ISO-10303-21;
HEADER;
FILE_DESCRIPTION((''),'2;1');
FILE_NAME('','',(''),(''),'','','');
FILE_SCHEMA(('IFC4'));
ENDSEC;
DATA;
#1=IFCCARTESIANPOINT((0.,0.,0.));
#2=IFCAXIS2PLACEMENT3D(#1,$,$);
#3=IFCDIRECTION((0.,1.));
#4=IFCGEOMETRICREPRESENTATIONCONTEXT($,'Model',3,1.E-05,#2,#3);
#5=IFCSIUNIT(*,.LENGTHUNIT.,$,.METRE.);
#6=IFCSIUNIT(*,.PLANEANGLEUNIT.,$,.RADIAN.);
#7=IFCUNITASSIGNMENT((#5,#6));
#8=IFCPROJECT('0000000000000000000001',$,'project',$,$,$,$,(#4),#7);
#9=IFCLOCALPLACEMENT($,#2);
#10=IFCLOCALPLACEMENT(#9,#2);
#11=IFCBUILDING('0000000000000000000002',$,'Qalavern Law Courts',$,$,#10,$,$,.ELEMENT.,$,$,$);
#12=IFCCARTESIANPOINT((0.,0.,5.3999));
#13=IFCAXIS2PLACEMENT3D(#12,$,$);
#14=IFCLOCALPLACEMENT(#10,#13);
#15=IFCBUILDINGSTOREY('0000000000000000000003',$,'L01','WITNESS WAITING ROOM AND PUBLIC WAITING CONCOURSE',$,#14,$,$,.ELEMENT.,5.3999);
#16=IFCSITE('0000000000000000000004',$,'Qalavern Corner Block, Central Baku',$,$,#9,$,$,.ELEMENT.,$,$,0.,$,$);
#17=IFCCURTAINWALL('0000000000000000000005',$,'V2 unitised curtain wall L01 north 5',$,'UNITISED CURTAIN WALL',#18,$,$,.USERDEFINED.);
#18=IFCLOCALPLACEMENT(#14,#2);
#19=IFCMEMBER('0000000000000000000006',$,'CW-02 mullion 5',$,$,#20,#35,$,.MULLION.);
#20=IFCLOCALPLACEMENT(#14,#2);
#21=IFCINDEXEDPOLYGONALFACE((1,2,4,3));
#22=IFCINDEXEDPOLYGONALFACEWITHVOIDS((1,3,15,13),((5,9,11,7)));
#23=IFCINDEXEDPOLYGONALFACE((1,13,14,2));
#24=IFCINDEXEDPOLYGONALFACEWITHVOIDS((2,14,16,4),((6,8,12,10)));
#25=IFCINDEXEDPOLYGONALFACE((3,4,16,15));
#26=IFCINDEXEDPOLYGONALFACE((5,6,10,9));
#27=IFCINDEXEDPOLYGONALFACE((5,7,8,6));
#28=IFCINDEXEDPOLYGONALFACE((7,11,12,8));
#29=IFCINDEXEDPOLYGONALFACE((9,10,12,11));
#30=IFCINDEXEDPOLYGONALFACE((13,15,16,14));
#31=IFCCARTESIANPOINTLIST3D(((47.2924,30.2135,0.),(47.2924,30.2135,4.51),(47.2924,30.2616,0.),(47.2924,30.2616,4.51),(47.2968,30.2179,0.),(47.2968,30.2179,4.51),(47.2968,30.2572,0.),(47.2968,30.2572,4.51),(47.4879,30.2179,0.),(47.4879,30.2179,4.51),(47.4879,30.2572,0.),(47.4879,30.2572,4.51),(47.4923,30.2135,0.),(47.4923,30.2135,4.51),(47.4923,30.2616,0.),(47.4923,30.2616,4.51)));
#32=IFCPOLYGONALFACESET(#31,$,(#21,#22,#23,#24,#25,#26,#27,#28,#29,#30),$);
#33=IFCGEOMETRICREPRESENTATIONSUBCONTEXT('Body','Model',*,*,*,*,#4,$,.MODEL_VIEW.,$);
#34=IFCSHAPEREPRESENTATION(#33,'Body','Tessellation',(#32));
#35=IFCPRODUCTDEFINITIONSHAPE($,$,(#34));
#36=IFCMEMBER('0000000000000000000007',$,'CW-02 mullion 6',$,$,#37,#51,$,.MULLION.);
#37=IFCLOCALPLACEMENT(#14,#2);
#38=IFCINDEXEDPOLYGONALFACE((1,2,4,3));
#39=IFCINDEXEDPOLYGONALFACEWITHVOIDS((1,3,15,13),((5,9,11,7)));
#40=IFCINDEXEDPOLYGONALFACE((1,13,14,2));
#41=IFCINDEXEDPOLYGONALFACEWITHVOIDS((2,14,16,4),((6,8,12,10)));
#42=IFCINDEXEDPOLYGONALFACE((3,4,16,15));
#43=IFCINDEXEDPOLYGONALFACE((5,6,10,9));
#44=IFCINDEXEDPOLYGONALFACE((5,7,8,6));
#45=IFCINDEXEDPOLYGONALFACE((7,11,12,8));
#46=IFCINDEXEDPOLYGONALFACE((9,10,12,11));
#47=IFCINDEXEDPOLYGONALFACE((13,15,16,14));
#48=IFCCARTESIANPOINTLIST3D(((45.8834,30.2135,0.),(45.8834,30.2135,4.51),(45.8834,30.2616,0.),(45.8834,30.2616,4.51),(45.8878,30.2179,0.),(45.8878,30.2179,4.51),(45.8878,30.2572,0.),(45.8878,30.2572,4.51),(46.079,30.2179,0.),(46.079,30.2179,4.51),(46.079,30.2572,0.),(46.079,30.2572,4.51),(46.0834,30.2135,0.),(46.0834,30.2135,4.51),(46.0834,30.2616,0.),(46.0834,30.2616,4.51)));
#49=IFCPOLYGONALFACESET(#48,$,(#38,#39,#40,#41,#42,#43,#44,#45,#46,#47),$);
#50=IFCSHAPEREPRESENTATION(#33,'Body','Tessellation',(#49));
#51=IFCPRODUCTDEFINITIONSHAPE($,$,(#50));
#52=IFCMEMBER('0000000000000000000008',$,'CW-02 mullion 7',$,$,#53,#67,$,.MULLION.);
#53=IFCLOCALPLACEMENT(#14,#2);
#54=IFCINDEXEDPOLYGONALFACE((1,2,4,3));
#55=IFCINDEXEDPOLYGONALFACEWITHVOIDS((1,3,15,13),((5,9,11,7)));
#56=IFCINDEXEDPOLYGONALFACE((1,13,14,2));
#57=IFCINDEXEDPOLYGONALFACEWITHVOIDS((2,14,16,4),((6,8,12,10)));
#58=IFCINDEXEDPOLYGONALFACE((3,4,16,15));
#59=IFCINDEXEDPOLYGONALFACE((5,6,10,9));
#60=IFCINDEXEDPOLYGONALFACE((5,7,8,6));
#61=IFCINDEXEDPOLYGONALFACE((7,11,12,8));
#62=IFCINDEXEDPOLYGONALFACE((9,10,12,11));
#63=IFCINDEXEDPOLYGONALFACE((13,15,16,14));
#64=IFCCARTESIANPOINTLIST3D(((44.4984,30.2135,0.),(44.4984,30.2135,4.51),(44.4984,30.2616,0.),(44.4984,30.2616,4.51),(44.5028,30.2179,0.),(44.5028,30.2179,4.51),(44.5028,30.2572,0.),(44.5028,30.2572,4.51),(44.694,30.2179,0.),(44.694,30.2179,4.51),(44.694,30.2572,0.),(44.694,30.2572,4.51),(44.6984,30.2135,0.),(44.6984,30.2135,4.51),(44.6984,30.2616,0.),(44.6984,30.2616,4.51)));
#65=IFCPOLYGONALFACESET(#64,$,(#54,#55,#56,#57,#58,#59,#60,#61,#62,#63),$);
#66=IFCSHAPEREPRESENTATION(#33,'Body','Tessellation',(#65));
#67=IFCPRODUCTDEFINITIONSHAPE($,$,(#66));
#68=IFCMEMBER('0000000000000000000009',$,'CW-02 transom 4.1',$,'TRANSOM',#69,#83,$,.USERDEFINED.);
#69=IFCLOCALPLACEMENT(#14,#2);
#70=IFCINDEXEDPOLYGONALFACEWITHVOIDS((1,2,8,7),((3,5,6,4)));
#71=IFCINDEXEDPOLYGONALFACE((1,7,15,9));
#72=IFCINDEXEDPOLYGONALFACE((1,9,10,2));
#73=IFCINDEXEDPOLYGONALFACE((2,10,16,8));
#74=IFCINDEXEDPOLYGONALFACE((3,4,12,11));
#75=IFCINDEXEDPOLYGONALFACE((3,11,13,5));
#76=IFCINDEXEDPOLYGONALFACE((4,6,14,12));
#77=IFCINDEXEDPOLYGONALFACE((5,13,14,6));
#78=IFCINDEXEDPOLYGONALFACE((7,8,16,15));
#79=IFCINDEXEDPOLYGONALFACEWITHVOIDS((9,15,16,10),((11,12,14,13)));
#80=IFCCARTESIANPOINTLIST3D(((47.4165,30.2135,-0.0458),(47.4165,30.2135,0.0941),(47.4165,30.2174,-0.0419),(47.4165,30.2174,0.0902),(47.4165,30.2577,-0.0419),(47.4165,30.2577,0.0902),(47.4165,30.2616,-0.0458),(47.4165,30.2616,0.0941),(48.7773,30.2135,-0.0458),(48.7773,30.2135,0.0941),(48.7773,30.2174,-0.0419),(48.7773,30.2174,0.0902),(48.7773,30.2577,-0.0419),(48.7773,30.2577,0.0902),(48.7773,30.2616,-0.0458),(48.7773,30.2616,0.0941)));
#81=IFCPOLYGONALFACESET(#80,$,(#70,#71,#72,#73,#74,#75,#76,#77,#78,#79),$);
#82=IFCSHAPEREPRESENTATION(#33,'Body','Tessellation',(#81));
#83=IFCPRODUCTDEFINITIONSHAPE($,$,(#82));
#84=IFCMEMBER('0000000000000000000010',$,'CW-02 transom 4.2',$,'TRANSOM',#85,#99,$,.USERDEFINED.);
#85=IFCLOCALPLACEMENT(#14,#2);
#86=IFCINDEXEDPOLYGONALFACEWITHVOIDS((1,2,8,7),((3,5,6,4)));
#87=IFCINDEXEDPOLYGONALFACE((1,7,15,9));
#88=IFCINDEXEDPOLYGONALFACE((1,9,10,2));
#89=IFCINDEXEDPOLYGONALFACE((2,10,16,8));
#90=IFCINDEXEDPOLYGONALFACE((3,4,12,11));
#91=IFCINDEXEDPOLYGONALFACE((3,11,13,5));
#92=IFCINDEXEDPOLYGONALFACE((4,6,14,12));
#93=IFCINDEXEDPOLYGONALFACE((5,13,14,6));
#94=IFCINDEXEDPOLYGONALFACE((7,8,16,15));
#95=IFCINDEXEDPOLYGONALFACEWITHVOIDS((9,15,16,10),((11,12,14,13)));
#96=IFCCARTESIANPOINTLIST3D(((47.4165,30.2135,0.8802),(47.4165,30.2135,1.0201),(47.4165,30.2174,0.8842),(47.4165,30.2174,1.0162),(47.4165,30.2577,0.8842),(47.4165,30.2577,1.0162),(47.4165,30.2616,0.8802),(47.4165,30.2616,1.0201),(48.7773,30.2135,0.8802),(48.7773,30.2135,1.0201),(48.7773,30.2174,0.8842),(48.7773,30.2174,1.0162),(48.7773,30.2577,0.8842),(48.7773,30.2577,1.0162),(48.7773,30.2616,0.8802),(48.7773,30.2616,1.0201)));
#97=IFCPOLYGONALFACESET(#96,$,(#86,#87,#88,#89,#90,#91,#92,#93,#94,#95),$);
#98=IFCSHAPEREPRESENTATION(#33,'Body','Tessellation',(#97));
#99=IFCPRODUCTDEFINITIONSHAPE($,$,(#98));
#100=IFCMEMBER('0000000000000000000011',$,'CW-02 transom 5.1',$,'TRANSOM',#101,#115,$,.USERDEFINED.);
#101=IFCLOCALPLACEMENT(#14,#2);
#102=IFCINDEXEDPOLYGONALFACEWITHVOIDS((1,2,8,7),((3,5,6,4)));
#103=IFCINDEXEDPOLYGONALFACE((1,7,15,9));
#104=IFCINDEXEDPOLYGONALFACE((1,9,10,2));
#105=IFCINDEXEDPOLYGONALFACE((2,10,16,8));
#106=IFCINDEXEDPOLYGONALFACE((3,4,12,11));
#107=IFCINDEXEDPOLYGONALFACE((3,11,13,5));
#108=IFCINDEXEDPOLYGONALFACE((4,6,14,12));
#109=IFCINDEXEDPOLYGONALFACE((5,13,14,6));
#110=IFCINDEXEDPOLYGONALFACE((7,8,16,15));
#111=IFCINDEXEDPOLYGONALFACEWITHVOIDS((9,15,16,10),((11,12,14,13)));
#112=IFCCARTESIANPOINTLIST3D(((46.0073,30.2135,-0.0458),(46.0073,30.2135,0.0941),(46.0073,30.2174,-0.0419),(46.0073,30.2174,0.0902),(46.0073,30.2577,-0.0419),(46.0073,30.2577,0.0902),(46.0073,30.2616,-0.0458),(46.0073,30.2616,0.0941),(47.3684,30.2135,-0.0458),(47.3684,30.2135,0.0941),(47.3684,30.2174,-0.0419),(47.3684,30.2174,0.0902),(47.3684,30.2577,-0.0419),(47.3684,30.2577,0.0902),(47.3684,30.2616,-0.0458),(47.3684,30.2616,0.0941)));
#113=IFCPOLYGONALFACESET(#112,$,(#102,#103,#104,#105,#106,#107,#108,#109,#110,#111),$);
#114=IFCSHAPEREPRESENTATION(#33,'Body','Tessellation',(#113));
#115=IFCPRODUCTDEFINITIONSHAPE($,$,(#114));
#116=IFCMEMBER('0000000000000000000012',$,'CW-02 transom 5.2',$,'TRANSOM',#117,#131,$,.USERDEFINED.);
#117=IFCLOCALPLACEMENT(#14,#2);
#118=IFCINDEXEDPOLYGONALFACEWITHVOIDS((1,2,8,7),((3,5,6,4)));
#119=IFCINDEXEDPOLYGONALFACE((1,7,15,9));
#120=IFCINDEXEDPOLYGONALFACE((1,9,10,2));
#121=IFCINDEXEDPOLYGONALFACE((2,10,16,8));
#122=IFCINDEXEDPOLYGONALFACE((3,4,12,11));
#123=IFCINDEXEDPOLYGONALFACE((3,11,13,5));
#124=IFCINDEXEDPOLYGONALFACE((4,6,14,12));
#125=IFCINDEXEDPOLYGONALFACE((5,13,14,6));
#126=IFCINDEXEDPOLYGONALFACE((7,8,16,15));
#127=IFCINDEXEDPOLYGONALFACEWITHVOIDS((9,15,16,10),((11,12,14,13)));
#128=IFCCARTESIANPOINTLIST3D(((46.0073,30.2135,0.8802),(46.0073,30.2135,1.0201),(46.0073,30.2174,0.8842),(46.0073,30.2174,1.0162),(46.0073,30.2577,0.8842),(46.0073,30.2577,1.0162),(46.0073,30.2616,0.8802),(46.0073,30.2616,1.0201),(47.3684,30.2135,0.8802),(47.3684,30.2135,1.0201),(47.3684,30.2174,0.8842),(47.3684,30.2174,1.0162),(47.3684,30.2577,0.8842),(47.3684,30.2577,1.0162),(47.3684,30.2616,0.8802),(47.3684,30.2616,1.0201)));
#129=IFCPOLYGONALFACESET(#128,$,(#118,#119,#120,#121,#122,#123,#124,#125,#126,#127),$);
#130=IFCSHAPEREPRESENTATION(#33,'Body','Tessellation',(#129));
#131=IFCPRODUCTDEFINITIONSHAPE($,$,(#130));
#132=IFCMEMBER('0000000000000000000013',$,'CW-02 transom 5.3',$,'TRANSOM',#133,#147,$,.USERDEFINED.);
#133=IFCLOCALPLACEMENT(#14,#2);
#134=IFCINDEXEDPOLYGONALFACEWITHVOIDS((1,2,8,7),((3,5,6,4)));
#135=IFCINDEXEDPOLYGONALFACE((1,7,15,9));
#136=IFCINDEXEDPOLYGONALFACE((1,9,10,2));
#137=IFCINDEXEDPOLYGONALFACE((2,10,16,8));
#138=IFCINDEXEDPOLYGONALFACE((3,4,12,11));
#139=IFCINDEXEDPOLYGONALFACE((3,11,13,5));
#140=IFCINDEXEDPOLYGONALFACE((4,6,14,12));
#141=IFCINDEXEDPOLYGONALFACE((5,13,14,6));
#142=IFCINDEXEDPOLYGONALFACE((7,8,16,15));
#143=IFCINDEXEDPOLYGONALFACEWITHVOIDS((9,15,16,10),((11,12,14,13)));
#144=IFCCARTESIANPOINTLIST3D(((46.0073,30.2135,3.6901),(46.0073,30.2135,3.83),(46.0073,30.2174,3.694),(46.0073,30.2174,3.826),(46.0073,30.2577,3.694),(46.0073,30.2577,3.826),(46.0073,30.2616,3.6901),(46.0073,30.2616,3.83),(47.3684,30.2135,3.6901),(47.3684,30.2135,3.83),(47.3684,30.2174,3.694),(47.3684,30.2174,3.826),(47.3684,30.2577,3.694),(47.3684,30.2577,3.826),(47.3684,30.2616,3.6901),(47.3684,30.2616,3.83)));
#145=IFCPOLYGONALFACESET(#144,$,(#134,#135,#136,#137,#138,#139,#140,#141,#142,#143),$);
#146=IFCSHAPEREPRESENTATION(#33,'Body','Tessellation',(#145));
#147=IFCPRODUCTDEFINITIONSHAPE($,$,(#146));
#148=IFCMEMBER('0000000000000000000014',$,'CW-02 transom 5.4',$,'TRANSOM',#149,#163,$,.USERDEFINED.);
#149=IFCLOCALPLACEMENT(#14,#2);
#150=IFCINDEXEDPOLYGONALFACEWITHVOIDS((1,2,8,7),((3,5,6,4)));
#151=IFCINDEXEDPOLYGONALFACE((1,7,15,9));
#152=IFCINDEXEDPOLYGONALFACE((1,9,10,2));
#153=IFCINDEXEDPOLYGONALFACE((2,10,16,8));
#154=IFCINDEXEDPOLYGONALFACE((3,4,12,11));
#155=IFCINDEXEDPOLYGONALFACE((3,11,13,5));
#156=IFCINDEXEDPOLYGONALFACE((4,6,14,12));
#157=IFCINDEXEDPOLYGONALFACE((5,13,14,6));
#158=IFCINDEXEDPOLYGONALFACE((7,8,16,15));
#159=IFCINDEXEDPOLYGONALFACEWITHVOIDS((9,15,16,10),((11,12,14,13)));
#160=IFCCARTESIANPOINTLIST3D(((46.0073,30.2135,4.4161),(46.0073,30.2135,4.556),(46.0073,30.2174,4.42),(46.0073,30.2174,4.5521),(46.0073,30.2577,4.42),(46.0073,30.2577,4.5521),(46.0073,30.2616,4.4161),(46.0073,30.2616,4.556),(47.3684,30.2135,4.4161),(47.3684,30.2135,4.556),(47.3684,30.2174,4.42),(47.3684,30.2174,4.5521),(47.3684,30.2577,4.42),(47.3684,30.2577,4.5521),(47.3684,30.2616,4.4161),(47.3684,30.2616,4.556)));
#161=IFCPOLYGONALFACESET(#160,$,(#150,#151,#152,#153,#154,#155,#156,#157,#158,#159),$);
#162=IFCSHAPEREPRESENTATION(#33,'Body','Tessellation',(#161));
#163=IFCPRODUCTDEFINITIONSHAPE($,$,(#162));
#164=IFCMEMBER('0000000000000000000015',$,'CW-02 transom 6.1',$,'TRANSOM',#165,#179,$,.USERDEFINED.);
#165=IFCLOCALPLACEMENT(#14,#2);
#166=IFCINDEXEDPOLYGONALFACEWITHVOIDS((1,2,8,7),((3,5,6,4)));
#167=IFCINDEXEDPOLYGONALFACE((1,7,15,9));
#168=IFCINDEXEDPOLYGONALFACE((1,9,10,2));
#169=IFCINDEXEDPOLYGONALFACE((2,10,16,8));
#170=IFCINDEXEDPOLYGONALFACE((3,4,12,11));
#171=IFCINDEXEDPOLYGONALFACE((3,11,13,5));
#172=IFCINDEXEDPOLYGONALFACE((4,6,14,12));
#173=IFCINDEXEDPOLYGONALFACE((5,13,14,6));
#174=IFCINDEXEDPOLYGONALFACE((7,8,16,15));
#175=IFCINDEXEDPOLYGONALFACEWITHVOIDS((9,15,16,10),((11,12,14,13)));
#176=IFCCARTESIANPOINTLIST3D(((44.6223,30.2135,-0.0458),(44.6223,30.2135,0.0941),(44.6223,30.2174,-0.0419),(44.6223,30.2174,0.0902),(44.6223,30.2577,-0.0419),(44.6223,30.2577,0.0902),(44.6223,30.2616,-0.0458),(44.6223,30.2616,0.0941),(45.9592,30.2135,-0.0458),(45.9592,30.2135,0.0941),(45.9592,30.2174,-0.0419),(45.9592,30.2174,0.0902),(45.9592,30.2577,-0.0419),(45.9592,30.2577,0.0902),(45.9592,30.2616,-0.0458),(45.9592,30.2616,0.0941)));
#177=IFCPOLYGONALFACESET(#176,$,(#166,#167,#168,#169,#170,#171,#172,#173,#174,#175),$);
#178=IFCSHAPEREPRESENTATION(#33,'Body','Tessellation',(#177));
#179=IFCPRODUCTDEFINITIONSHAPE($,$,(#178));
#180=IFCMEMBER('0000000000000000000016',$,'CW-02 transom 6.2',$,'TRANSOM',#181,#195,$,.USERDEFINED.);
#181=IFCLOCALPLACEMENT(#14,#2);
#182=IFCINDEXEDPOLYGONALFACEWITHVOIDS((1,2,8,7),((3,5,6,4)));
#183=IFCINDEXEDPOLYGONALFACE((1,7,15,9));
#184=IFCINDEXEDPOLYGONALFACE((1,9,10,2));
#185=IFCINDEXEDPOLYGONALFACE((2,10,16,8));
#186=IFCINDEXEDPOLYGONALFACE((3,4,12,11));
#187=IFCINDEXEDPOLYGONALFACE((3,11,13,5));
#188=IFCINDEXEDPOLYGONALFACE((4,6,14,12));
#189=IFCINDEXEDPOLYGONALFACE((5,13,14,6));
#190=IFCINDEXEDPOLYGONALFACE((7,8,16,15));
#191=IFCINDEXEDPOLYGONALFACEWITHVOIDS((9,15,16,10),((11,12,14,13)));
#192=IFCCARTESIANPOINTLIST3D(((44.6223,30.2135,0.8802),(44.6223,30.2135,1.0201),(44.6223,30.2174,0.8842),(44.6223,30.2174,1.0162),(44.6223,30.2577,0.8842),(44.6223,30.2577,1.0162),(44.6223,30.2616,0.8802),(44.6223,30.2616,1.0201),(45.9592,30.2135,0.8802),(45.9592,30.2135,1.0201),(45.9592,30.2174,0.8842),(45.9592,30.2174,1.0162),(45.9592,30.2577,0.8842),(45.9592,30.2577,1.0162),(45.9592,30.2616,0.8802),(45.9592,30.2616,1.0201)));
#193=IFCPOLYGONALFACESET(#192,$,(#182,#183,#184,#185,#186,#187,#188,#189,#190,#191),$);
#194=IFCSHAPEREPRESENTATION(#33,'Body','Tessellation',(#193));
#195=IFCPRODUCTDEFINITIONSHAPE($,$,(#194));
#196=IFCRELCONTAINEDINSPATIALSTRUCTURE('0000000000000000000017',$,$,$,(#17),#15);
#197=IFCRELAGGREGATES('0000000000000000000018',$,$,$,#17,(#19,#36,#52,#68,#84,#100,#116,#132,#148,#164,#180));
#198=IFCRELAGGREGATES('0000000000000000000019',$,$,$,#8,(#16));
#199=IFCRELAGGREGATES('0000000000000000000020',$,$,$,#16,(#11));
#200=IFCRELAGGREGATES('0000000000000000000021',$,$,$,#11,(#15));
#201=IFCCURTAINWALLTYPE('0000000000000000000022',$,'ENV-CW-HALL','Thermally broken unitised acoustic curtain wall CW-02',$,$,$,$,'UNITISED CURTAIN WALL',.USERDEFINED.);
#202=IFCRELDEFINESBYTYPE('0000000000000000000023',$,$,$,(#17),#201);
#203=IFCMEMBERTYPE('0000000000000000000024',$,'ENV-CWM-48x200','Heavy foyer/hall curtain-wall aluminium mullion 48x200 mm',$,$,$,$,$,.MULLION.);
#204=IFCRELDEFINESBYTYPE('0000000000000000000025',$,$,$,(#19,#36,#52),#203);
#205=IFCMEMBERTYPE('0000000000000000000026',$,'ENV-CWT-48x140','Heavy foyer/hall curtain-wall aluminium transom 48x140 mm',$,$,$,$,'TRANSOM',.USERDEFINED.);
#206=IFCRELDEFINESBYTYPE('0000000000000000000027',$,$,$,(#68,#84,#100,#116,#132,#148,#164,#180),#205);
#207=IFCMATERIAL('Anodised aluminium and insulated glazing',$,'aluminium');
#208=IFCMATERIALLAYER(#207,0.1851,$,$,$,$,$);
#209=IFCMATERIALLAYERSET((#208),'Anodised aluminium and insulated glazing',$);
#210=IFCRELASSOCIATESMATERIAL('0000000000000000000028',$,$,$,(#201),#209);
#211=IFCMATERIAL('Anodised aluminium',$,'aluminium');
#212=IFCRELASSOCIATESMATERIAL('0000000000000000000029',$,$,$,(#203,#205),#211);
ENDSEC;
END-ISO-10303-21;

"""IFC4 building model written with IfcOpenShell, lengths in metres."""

from ifc_helpers import new_model, si_unit, direction, frame, origin, origin_2d, place, context, subcontext, project, spatial, hollow_rectangle, extrude, material, layer, layer_set, material_profile, profile_set, type_object, element, aggregate, save


model = new_model("IFC4")

# Units and contexts
model_context = context("Model", 3, precision=1e-05, world=origin(), true_north=direction((0.0, 1.0)))
body_context = subcontext(model_context, "Body", "Model", "MODEL_VIEW")
ifc_project = project(units=[si_unit("LENGTHUNIT", "METRE"), si_unit("PLANEANGLEUNIT", "RADIAN")], contexts=[model_context])

# Site, building, storey
site_placement = place(None, origin())
site = spatial("IfcSite", under=ifc_project, at=site_placement, Name="Qalavern Corner Block, Central Baku", CompositionType="ELEMENT", RefElevation=0.0)
building_placement = place(site_placement, origin())
building = spatial("IfcBuilding", under=site, at=building_placement, Name="Qalavern Law Courts", CompositionType="ELEMENT")
storey_placement = place(building_placement, frame((0.0, 0.0, 5.3999)))
storey = spatial("IfcBuildingStorey", under=building, at=storey_placement, Name="L01", Description="WITNESS WAITING ROOM AND PUBLIC WAITING CONCOURSE", CompositionType="ELEMENT", Elevation=5.3999)

# Curtain wall, members
ifc_material_1 = material(Name="Anodised aluminium and insulated glazing", Category="aluminium")
ifc_layer_1 = layer(ifc_material_1, 0.1851)
ifc_layer_set_1 = layer_set([ifc_layer_1], Name="Anodised aluminium and insulated glazing")
curtain_wall_type = type_object("IfcCurtainWallType", Name="ENV-CW-HALL", Description="Thermally broken unitised acoustic curtain wall CW-02", ElementType="UNITISED CURTAIN WALL", PredefinedType="USERDEFINED", material=ifc_layer_set_1)
curtain_wall_placement = place(storey_placement, origin())
curtain_wall = element("IfcCurtainWall", 1, at=curtain_wall_placement, inside=storey, type_object=curtain_wall_type, Name="V2 unitised curtain wall L01 north 5", ObjectType="UNITISED CURTAIN WALL", PredefinedType="USERDEFINED")
ifc_material_2 = material(Name="Anodised aluminium", Category="aluminium")
ifc_material_profile_1 = material_profile(ifc_material_2, hollow_rectangle(XDim=0.0481, YDim=0.2, WallThickness=0.0044, at=origin_2d()), Name="ALU MULLION 48x200")
ifc_profile_set_1 = profile_set([ifc_material_profile_1], Name="Anodised aluminium")
member_type_1 = type_object("IfcMemberType", Name="ENV-CWM-48x200", Description="Heavy foyer/hall curtain-wall aluminium mullion 48x200 mm", PredefinedType="MULLION", material=ifc_profile_set_1)
member_1_placement = place(storey_placement, frame((47.3923, 30.2375, 0.0), z_axis=(0.0, 0.0, 1.0), x_axis=(0.0, -1.0, 0.0)))
member_1 = element("IfcMember", 2, at=member_1_placement, type_object=member_type_1, Name="CW-02 mullion 5", PredefinedType="MULLION", context=body_context, shape_type="SweptSolid", body=[
    extrude(hollow_rectangle(XDim=0.0481, YDim=0.2, WallThickness=0.0044, at=origin_2d()), origin(), (0.0, 0.0, 1.0), 4.51),
])
member_2_placement = place(storey_placement, frame((45.9834, 30.2375, 0.0), z_axis=(0.0, 0.0, 1.0), x_axis=(0.0, -1.0, 0.0)))
member_2 = element("IfcMember", 3, at=member_2_placement, type_object=member_type_1, Name="CW-02 mullion 6", PredefinedType="MULLION", context=body_context, shape_type="SweptSolid", body=[
    extrude(hollow_rectangle(XDim=0.0481, YDim=0.2, WallThickness=0.0044, at=origin_2d()), origin(), (0.0, 0.0, 1.0), 4.51),
])
member_3_placement = place(storey_placement, frame((44.5984, 30.2375, 0.0), z_axis=(0.0, 0.0, 1.0), x_axis=(0.0, -1.0, 0.0)))
member_3 = element("IfcMember", 4, at=member_3_placement, type_object=member_type_1, Name="CW-02 mullion 7", PredefinedType="MULLION", context=body_context, shape_type="SweptSolid", body=[
    extrude(hollow_rectangle(XDim=0.0481, YDim=0.2, WallThickness=0.0044, at=origin_2d()), origin(), (0.0, 0.0, 1.0), 4.51),
])
ifc_material_profile_2 = material_profile(ifc_material_2, hollow_rectangle(XDim=0.0481, YDim=0.1399, WallThickness=0.0039, at=origin_2d()), Name="ALU TRANSOM 48x140")
ifc_profile_set_2 = profile_set([ifc_material_profile_2], Name="Anodised aluminium")
member_type_2 = type_object("IfcMemberType", Name="ENV-CWT-48x140", Description="Heavy foyer/hall curtain-wall aluminium transom 48x140 mm", ElementType="TRANSOM", PredefinedType="USERDEFINED", material=ifc_profile_set_2)
member_4_placement = place(storey_placement, frame((48.7773, 30.2375, 0.0242), z_axis=(-1.0, 0.0, 0.0), x_axis=(0.0, -1.0, 0.0)))
member_4 = element("IfcMember", 5, at=member_4_placement, type_object=member_type_2, Name="CW-02 transom 4.1", ObjectType="TRANSOM", PredefinedType="USERDEFINED", context=body_context, shape_type="SweptSolid", body=[
    extrude(hollow_rectangle(XDim=0.0481, YDim=0.1399, WallThickness=0.0039, at=origin_2d()), origin(), (0.0, 0.0, 1.0), 1.3608),
])
member_5_placement = place(storey_placement, frame((48.7773, 30.2375, 0.9502), z_axis=(-1.0, 0.0, 0.0), x_axis=(0.0, -1.0, 0.0)))
member_5 = element("IfcMember", 6, at=member_5_placement, type_object=member_type_2, Name="CW-02 transom 4.2", ObjectType="TRANSOM", PredefinedType="USERDEFINED", context=body_context, shape_type="SweptSolid", body=[
    extrude(hollow_rectangle(XDim=0.0481, YDim=0.1399, WallThickness=0.0039, at=origin_2d()), origin(), (0.0, 0.0, 1.0), 1.3608),
])
member_6_placement = place(storey_placement, frame((47.3684, 30.2375, 0.0242), z_axis=(-1.0, 0.0, 0.0), x_axis=(0.0, -1.0, 0.0)))
member_6 = element("IfcMember", 7, at=member_6_placement, type_object=member_type_2, Name="CW-02 transom 5.1", ObjectType="TRANSOM", PredefinedType="USERDEFINED", context=body_context, shape_type="SweptSolid", body=[
    extrude(hollow_rectangle(XDim=0.0481, YDim=0.1399, WallThickness=0.0039, at=origin_2d()), origin(), (0.0, 0.0, 1.0), 1.3611),
])
member_7_placement = place(storey_placement, frame((47.3684, 30.2375, 0.9502), z_axis=(-1.0, 0.0, 0.0), x_axis=(0.0, -1.0, 0.0)))
member_7 = element("IfcMember", 8, at=member_7_placement, type_object=member_type_2, Name="CW-02 transom 5.2", ObjectType="TRANSOM", PredefinedType="USERDEFINED", context=body_context, shape_type="SweptSolid", body=[
    extrude(hollow_rectangle(XDim=0.0481, YDim=0.1399, WallThickness=0.0039, at=origin_2d()), origin(), (0.0, 0.0, 1.0), 1.3611),
])
member_8_placement = place(storey_placement, frame((47.3684, 30.2375, 3.76), z_axis=(-1.0, 0.0, 0.0), x_axis=(0.0, -1.0, 0.0)))
member_8 = element("IfcMember", 9, at=member_8_placement, type_object=member_type_2, Name="CW-02 transom 5.3", ObjectType="TRANSOM", PredefinedType="USERDEFINED", context=body_context, shape_type="SweptSolid", body=[
    extrude(hollow_rectangle(XDim=0.0481, YDim=0.1399, WallThickness=0.0039, at=origin_2d()), origin(), (0.0, 0.0, 1.0), 1.3611),
])
member_9_placement = place(storey_placement, frame((47.3684, 30.2375, 4.4861), z_axis=(-1.0, 0.0, 0.0), x_axis=(0.0, -1.0, 0.0)))
member_9 = element("IfcMember", 10, at=member_9_placement, type_object=member_type_2, Name="CW-02 transom 5.4", ObjectType="TRANSOM", PredefinedType="USERDEFINED", context=body_context, shape_type="SweptSolid", body=[
    extrude(hollow_rectangle(XDim=0.0481, YDim=0.1399, WallThickness=0.0039, at=origin_2d()), origin(), (0.0, 0.0, 1.0), 1.3611),
])
member_10_placement = place(storey_placement, frame((45.9592, 30.2375, 0.0242), z_axis=(-1.0, 0.0, 0.0), x_axis=(0.0, -1.0, 0.0)))
member_10 = element("IfcMember", 11, at=member_10_placement, type_object=member_type_2, Name="CW-02 transom 6.1", ObjectType="TRANSOM", PredefinedType="USERDEFINED", context=body_context, shape_type="SweptSolid", body=[
    extrude(hollow_rectangle(XDim=0.0481, YDim=0.1399, WallThickness=0.0039, at=origin_2d()), origin(), (0.0, 0.0, 1.0), 1.3369),
])
member_11_placement = place(storey_placement, frame((45.9592, 30.2375, 0.9502), z_axis=(-1.0, 0.0, 0.0), x_axis=(0.0, -1.0, 0.0)))
member_11 = element("IfcMember", 12, at=member_11_placement, type_object=member_type_2, Name="CW-02 transom 6.2", ObjectType="TRANSOM", PredefinedType="USERDEFINED", context=body_context, shape_type="SweptSolid", body=[
    extrude(hollow_rectangle(XDim=0.0481, YDim=0.1399, WallThickness=0.0039, at=origin_2d()), origin(), (0.0, 0.0, 1.0), 1.3369),
])
aggregate(curtain_wall, [member_1, member_2, member_3, member_4, member_5, member_6, member_7, member_8, member_9, member_10, member_11])

save(model, "model.ifc")
